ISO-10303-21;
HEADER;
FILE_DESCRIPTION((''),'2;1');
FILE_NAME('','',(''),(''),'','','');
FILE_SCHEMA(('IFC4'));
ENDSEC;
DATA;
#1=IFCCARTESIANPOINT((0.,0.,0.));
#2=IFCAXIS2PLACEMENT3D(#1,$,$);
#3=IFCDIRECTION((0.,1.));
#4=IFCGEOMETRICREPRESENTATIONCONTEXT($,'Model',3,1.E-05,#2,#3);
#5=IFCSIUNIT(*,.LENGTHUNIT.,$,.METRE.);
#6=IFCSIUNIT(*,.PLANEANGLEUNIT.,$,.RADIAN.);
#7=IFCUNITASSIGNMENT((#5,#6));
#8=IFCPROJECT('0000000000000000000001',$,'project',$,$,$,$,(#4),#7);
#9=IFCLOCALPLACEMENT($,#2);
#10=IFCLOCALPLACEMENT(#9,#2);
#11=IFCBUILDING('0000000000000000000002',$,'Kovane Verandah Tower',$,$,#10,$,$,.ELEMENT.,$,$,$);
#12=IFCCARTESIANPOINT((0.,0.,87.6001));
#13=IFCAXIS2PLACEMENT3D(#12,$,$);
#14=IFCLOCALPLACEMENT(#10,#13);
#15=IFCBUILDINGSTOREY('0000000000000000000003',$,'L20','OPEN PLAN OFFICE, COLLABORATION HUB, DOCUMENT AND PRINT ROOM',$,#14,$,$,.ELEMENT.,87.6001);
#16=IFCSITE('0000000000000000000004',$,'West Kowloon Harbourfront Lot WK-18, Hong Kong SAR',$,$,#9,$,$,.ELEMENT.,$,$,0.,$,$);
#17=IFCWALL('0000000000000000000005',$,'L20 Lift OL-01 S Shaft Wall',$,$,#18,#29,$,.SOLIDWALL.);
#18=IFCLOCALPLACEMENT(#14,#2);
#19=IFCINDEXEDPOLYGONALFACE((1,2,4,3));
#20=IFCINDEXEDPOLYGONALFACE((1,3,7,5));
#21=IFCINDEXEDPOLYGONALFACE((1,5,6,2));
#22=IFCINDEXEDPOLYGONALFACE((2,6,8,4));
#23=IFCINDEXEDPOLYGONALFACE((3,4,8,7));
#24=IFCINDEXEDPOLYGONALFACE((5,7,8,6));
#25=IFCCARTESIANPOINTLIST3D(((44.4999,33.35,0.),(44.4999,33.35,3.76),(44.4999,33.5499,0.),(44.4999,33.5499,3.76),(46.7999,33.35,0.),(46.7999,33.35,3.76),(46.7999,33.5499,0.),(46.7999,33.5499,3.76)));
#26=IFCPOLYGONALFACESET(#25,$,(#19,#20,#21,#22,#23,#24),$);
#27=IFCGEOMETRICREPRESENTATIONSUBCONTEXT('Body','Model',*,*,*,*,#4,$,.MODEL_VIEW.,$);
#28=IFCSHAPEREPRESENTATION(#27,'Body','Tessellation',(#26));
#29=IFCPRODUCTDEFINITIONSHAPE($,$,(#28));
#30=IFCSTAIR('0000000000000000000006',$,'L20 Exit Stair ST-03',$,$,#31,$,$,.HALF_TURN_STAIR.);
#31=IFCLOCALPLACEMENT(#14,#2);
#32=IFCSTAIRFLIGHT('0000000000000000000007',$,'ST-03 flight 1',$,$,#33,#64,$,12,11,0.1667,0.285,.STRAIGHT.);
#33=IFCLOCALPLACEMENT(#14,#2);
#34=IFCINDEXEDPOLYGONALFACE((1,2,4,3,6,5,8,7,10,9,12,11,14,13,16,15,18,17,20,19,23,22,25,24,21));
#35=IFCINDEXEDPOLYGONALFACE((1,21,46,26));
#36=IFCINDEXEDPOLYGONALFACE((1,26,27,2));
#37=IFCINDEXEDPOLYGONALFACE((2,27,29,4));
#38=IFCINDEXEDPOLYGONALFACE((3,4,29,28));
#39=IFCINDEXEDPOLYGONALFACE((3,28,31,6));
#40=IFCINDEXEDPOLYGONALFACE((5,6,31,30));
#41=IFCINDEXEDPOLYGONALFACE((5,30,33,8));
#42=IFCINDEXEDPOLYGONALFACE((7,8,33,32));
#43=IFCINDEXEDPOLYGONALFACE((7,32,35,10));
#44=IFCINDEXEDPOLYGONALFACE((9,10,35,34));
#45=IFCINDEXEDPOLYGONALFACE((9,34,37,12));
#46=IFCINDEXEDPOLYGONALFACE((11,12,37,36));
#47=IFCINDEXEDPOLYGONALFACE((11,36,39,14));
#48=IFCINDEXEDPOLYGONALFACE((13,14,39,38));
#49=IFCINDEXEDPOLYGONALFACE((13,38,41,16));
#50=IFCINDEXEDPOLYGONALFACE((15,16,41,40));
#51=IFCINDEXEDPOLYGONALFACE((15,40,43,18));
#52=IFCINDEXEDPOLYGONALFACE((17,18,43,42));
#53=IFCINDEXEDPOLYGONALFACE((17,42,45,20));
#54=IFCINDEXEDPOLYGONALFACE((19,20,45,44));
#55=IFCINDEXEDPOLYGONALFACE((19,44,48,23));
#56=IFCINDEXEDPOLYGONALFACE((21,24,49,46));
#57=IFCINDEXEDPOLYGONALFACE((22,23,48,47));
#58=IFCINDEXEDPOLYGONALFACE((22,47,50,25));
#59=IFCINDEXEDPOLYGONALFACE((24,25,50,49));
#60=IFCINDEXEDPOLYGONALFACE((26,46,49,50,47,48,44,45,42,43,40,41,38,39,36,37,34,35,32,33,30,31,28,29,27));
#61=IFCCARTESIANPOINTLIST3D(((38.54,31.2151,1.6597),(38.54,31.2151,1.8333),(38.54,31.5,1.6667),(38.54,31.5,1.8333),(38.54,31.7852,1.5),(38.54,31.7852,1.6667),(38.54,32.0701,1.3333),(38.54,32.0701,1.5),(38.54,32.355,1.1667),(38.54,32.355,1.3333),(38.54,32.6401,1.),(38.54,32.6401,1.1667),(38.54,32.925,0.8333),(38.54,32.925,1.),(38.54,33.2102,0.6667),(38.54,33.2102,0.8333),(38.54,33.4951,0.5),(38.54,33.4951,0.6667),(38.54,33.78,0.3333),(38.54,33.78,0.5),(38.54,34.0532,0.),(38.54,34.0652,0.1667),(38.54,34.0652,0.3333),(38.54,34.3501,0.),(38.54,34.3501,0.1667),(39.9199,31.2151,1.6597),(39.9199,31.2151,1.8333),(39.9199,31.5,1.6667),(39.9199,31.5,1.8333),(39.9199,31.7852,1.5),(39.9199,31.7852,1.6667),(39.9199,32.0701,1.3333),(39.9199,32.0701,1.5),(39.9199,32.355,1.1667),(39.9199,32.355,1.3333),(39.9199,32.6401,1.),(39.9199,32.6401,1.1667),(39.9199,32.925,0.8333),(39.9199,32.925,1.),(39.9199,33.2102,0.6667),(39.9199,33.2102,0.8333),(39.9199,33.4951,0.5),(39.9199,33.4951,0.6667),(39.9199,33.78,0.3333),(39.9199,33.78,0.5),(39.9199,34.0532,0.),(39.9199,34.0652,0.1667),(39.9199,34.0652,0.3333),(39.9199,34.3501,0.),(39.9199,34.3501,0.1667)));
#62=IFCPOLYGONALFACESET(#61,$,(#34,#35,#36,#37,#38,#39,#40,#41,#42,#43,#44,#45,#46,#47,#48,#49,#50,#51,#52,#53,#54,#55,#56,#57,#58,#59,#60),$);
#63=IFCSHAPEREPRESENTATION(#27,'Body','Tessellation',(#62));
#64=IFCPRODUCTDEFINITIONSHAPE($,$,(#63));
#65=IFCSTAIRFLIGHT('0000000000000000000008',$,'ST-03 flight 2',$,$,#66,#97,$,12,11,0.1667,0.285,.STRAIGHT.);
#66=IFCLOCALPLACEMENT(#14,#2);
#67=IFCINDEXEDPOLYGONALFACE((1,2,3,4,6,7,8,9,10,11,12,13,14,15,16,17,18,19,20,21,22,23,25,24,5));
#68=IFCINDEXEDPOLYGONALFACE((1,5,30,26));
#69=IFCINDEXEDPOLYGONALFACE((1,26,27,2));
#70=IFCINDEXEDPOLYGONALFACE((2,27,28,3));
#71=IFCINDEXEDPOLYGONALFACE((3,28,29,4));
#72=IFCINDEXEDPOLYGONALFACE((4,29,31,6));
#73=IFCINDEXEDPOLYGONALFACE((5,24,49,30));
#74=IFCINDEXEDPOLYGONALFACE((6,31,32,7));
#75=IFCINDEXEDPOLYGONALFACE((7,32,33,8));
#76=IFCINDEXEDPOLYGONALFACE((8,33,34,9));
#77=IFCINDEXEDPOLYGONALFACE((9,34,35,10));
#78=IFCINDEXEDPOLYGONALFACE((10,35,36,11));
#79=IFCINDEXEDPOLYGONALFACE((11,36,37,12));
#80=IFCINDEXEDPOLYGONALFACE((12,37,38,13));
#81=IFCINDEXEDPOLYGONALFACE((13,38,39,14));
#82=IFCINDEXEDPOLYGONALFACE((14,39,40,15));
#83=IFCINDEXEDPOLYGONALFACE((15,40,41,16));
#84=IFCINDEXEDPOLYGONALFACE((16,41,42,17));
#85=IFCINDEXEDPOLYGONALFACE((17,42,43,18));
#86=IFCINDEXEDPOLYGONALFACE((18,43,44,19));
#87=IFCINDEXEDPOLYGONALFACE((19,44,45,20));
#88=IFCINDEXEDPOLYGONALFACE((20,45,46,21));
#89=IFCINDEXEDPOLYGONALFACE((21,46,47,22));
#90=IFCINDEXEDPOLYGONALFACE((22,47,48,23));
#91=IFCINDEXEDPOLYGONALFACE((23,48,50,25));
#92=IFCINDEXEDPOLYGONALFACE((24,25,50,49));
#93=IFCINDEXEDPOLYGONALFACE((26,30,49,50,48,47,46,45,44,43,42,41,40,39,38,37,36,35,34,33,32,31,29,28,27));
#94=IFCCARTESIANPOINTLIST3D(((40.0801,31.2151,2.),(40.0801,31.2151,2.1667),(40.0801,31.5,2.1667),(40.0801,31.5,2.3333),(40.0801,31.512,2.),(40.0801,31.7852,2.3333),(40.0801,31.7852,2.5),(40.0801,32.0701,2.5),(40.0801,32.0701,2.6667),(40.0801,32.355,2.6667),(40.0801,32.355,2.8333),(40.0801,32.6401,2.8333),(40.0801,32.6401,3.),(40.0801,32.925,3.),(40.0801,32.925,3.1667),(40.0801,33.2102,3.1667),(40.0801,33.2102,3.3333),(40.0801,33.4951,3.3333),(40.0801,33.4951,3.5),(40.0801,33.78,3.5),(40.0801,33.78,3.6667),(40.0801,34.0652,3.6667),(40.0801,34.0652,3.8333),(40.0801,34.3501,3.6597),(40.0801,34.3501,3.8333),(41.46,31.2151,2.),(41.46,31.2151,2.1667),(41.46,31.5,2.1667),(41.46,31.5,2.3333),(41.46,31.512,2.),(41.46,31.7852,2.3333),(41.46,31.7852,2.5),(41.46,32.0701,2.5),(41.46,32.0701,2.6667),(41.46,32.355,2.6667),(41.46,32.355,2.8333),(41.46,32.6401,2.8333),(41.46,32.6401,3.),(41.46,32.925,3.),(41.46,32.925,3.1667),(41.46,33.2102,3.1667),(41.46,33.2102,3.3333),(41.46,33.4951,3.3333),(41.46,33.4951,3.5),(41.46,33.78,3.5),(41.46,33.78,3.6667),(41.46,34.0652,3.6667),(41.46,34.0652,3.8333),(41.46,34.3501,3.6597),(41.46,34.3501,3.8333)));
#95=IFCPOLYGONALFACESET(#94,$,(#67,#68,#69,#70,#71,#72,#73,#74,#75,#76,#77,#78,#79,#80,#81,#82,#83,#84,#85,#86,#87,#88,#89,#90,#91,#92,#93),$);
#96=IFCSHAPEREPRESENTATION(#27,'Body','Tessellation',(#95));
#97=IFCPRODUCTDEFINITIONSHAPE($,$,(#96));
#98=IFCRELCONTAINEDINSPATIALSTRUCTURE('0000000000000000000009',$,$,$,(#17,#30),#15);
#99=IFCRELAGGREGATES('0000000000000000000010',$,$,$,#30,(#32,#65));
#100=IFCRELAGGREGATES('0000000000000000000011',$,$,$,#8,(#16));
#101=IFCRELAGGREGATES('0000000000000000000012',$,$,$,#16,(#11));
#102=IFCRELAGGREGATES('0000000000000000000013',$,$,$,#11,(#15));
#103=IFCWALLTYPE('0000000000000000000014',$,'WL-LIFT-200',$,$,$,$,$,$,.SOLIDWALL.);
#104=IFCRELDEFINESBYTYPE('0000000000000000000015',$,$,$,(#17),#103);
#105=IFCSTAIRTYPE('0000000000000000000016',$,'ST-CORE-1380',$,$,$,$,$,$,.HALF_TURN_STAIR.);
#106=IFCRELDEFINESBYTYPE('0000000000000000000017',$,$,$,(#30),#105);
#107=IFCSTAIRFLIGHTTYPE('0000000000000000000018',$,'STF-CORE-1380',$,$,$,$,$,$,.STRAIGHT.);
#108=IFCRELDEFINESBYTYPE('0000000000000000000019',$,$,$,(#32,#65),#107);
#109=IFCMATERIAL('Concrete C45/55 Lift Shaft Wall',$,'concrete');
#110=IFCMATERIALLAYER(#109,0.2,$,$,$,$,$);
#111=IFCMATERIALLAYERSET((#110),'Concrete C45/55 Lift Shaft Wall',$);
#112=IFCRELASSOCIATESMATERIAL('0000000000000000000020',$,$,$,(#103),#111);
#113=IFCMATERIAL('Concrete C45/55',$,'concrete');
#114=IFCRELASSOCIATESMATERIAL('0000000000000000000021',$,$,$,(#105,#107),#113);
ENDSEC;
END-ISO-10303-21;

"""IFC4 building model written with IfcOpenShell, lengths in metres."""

from ifc_helpers import new_model, si_unit, direction, frame, frame_2d, origin, place, context, subcontext, project, spatial, polyline, rectangle, outline, extrude, material, layer, layer_set, type_object, element, aggregate, save


model = new_model("IFC4")

# Units and contexts
model_context = context("Model", 3, precision=1e-05, world=origin(), true_north=direction((0.0, 1.0)))
body_context = subcontext(model_context, "Body", "Model", "MODEL_VIEW")
ifc_project = project(units=[si_unit("LENGTHUNIT", "METRE"), si_unit("PLANEANGLEUNIT", "RADIAN")], contexts=[model_context])

# Site, building, storey
site_placement = place(None, origin())
site = spatial("IfcSite", under=ifc_project, at=site_placement, Name="West Kowloon Harbourfront Lot WK-18, Hong Kong SAR", CompositionType="ELEMENT", RefElevation=0.0)
building_placement = place(site_placement, origin())
building = spatial("IfcBuilding", under=site, at=building_placement, Name="Kovane Verandah Tower", CompositionType="ELEMENT")
storey_placement = place(building_placement, frame((0.0, 0.0, 87.6001)))
storey = spatial("IfcBuildingStorey", under=building, at=storey_placement, Name="L20", Description="OPEN PLAN OFFICE, COLLABORATION HUB, DOCUMENT AND PRINT ROOM", CompositionType="ELEMENT", Elevation=87.6001)

# Wall
ifc_material_1 = material(Name="Concrete C45/55 Lift Shaft Wall", Category="concrete")
ifc_layer_1 = layer(ifc_material_1, 0.2)
ifc_layer_set_1 = layer_set([ifc_layer_1], Name="Concrete C45/55 Lift Shaft Wall")
wall_type_1 = type_object("IfcWallType", Name="WL-LIFT-200", PredefinedType="SOLIDWALL", material=ifc_layer_set_1)
wall_1_placement = place(storey_placement, frame((44.5, 33.45, 0.0), z_axis=(0.0, 0.0, 1.0), x_axis=(1.0, 0.0, 0.0)))
element("IfcWall", 1, at=wall_1_placement, inside=storey, type_object=wall_type_1, Name="L20 Lift OL-01 S Shaft Wall", PredefinedType="SOLIDWALL", context=body_context, shape_type="SweptSolid", body=[
    extrude(rectangle(XDim=2.3, YDim=0.2, at=frame_2d((1.1499, 0.0))), origin(), (0.0, 0.0, 1.0), 3.76),
])

# Stair, stair flights
ifc_material_2 = material(Name="Concrete C45/55", Category="concrete")
stair_type = type_object("IfcStairType", Name="ST-CORE-1380", PredefinedType="HALF_TURN_STAIR", material=ifc_material_2)
stair_placement = place(storey_placement, origin())
stair = element("IfcStair", 2, at=stair_placement, inside=storey, type_object=stair_type, Name="L20 Exit Stair ST-03", PredefinedType="HALF_TURN_STAIR")
stair_flight_type = type_object("IfcStairFlightType", Name="STF-CORE-1380", PredefinedType="STRAIGHT", material=ifc_material_2)
stair_flight_1_placement = place(storey_placement, frame((39.23, 34.3501, 0.0), z_axis=(0.0, 0.0, 1.0), x_axis=(0.0, -1.0, 0.0)))
stair_flight_1 = element("IfcStairFlight", 3, at=stair_flight_1_placement, type_object=stair_flight_type, Name="ST-03 flight 1", NumberOfRisers=12, NumberOfTreads=11, PredefinedType="STRAIGHT", RiserHeight=0.1667, TreadLength=0.285, context=body_context, shape_type="SweptSolid", body=[
    extrude(outline(polyline([(0.0, 0.0), (0.0, 0.1667), (0.2849, 0.1667), (0.2849, 0.3333), (0.5701, 0.3333), (0.5701, 0.5), (0.855, 0.5), (0.855, 0.6667), (1.1399, 0.6667), (1.1399, 0.8333), (1.425, 0.8333), (1.425, 1.0), (1.71, 1.0), (1.71, 1.1667), (1.9951, 1.1667), (1.9951, 1.3333), (2.28, 1.3333), (2.28, 1.5), (2.5649, 1.5), (2.5649, 1.6667), (2.8501, 1.6667), (2.8501, 1.8333), (3.135, 1.8333), (3.135, 2.0), (3.135, 1.6597), (0.2969, 0.0), (0.0, 0.0)])), frame((0.0, 0.6899, 0.0), z_axis=(0.0, -1.0, 0.0), x_axis=(1.0, 0.0, 0.0)), (0.0, 0.0, 1.0), 1.3799),
])
stair_flight_2_placement = place(storey_placement, frame((40.77, 31.2151, 2.0), z_axis=(0.0, 0.0, 1.0), x_axis=(0.0, 1.0, 0.0)))
stair_flight_2 = element("IfcStairFlight", 4, at=stair_flight_2_placement, type_object=stair_flight_type, Name="ST-03 flight 2", NumberOfRisers=12, NumberOfTreads=11, PredefinedType="STRAIGHT", RiserHeight=0.1667, TreadLength=0.285, context=body_context, shape_type="SweptSolid", body=[
    extrude(outline(polyline([(0.0, 0.0), (0.0, 0.1667), (0.2849, 0.1667), (0.2849, 0.3333), (0.5701, 0.3333), (0.5701, 0.5), (0.855, 0.5), (0.855, 0.6667), (1.1399, 0.6667), (1.1399, 0.8333), (1.425, 0.8333), (1.425, 1.0), (1.71, 1.0), (1.71, 1.1667), (1.9951, 1.1667), (1.9951, 1.3333), (2.28, 1.3333), (2.28, 1.5), (2.5649, 1.5), (2.5649, 1.6667), (2.8501, 1.6667), (2.8501, 1.8333), (3.135, 1.8333), (3.135, 2.0), (3.135, 1.6597), (0.2969, 0.0), (0.0, 0.0)])), frame((0.0, 0.6899, 0.0), z_axis=(0.0, -1.0, 0.0), x_axis=(1.0, 0.0, 0.0)), (0.0, 0.0, 1.0), 1.3799),
])
aggregate(stair, [stair_flight_1, stair_flight_2])

save(model, "model.ifc")
